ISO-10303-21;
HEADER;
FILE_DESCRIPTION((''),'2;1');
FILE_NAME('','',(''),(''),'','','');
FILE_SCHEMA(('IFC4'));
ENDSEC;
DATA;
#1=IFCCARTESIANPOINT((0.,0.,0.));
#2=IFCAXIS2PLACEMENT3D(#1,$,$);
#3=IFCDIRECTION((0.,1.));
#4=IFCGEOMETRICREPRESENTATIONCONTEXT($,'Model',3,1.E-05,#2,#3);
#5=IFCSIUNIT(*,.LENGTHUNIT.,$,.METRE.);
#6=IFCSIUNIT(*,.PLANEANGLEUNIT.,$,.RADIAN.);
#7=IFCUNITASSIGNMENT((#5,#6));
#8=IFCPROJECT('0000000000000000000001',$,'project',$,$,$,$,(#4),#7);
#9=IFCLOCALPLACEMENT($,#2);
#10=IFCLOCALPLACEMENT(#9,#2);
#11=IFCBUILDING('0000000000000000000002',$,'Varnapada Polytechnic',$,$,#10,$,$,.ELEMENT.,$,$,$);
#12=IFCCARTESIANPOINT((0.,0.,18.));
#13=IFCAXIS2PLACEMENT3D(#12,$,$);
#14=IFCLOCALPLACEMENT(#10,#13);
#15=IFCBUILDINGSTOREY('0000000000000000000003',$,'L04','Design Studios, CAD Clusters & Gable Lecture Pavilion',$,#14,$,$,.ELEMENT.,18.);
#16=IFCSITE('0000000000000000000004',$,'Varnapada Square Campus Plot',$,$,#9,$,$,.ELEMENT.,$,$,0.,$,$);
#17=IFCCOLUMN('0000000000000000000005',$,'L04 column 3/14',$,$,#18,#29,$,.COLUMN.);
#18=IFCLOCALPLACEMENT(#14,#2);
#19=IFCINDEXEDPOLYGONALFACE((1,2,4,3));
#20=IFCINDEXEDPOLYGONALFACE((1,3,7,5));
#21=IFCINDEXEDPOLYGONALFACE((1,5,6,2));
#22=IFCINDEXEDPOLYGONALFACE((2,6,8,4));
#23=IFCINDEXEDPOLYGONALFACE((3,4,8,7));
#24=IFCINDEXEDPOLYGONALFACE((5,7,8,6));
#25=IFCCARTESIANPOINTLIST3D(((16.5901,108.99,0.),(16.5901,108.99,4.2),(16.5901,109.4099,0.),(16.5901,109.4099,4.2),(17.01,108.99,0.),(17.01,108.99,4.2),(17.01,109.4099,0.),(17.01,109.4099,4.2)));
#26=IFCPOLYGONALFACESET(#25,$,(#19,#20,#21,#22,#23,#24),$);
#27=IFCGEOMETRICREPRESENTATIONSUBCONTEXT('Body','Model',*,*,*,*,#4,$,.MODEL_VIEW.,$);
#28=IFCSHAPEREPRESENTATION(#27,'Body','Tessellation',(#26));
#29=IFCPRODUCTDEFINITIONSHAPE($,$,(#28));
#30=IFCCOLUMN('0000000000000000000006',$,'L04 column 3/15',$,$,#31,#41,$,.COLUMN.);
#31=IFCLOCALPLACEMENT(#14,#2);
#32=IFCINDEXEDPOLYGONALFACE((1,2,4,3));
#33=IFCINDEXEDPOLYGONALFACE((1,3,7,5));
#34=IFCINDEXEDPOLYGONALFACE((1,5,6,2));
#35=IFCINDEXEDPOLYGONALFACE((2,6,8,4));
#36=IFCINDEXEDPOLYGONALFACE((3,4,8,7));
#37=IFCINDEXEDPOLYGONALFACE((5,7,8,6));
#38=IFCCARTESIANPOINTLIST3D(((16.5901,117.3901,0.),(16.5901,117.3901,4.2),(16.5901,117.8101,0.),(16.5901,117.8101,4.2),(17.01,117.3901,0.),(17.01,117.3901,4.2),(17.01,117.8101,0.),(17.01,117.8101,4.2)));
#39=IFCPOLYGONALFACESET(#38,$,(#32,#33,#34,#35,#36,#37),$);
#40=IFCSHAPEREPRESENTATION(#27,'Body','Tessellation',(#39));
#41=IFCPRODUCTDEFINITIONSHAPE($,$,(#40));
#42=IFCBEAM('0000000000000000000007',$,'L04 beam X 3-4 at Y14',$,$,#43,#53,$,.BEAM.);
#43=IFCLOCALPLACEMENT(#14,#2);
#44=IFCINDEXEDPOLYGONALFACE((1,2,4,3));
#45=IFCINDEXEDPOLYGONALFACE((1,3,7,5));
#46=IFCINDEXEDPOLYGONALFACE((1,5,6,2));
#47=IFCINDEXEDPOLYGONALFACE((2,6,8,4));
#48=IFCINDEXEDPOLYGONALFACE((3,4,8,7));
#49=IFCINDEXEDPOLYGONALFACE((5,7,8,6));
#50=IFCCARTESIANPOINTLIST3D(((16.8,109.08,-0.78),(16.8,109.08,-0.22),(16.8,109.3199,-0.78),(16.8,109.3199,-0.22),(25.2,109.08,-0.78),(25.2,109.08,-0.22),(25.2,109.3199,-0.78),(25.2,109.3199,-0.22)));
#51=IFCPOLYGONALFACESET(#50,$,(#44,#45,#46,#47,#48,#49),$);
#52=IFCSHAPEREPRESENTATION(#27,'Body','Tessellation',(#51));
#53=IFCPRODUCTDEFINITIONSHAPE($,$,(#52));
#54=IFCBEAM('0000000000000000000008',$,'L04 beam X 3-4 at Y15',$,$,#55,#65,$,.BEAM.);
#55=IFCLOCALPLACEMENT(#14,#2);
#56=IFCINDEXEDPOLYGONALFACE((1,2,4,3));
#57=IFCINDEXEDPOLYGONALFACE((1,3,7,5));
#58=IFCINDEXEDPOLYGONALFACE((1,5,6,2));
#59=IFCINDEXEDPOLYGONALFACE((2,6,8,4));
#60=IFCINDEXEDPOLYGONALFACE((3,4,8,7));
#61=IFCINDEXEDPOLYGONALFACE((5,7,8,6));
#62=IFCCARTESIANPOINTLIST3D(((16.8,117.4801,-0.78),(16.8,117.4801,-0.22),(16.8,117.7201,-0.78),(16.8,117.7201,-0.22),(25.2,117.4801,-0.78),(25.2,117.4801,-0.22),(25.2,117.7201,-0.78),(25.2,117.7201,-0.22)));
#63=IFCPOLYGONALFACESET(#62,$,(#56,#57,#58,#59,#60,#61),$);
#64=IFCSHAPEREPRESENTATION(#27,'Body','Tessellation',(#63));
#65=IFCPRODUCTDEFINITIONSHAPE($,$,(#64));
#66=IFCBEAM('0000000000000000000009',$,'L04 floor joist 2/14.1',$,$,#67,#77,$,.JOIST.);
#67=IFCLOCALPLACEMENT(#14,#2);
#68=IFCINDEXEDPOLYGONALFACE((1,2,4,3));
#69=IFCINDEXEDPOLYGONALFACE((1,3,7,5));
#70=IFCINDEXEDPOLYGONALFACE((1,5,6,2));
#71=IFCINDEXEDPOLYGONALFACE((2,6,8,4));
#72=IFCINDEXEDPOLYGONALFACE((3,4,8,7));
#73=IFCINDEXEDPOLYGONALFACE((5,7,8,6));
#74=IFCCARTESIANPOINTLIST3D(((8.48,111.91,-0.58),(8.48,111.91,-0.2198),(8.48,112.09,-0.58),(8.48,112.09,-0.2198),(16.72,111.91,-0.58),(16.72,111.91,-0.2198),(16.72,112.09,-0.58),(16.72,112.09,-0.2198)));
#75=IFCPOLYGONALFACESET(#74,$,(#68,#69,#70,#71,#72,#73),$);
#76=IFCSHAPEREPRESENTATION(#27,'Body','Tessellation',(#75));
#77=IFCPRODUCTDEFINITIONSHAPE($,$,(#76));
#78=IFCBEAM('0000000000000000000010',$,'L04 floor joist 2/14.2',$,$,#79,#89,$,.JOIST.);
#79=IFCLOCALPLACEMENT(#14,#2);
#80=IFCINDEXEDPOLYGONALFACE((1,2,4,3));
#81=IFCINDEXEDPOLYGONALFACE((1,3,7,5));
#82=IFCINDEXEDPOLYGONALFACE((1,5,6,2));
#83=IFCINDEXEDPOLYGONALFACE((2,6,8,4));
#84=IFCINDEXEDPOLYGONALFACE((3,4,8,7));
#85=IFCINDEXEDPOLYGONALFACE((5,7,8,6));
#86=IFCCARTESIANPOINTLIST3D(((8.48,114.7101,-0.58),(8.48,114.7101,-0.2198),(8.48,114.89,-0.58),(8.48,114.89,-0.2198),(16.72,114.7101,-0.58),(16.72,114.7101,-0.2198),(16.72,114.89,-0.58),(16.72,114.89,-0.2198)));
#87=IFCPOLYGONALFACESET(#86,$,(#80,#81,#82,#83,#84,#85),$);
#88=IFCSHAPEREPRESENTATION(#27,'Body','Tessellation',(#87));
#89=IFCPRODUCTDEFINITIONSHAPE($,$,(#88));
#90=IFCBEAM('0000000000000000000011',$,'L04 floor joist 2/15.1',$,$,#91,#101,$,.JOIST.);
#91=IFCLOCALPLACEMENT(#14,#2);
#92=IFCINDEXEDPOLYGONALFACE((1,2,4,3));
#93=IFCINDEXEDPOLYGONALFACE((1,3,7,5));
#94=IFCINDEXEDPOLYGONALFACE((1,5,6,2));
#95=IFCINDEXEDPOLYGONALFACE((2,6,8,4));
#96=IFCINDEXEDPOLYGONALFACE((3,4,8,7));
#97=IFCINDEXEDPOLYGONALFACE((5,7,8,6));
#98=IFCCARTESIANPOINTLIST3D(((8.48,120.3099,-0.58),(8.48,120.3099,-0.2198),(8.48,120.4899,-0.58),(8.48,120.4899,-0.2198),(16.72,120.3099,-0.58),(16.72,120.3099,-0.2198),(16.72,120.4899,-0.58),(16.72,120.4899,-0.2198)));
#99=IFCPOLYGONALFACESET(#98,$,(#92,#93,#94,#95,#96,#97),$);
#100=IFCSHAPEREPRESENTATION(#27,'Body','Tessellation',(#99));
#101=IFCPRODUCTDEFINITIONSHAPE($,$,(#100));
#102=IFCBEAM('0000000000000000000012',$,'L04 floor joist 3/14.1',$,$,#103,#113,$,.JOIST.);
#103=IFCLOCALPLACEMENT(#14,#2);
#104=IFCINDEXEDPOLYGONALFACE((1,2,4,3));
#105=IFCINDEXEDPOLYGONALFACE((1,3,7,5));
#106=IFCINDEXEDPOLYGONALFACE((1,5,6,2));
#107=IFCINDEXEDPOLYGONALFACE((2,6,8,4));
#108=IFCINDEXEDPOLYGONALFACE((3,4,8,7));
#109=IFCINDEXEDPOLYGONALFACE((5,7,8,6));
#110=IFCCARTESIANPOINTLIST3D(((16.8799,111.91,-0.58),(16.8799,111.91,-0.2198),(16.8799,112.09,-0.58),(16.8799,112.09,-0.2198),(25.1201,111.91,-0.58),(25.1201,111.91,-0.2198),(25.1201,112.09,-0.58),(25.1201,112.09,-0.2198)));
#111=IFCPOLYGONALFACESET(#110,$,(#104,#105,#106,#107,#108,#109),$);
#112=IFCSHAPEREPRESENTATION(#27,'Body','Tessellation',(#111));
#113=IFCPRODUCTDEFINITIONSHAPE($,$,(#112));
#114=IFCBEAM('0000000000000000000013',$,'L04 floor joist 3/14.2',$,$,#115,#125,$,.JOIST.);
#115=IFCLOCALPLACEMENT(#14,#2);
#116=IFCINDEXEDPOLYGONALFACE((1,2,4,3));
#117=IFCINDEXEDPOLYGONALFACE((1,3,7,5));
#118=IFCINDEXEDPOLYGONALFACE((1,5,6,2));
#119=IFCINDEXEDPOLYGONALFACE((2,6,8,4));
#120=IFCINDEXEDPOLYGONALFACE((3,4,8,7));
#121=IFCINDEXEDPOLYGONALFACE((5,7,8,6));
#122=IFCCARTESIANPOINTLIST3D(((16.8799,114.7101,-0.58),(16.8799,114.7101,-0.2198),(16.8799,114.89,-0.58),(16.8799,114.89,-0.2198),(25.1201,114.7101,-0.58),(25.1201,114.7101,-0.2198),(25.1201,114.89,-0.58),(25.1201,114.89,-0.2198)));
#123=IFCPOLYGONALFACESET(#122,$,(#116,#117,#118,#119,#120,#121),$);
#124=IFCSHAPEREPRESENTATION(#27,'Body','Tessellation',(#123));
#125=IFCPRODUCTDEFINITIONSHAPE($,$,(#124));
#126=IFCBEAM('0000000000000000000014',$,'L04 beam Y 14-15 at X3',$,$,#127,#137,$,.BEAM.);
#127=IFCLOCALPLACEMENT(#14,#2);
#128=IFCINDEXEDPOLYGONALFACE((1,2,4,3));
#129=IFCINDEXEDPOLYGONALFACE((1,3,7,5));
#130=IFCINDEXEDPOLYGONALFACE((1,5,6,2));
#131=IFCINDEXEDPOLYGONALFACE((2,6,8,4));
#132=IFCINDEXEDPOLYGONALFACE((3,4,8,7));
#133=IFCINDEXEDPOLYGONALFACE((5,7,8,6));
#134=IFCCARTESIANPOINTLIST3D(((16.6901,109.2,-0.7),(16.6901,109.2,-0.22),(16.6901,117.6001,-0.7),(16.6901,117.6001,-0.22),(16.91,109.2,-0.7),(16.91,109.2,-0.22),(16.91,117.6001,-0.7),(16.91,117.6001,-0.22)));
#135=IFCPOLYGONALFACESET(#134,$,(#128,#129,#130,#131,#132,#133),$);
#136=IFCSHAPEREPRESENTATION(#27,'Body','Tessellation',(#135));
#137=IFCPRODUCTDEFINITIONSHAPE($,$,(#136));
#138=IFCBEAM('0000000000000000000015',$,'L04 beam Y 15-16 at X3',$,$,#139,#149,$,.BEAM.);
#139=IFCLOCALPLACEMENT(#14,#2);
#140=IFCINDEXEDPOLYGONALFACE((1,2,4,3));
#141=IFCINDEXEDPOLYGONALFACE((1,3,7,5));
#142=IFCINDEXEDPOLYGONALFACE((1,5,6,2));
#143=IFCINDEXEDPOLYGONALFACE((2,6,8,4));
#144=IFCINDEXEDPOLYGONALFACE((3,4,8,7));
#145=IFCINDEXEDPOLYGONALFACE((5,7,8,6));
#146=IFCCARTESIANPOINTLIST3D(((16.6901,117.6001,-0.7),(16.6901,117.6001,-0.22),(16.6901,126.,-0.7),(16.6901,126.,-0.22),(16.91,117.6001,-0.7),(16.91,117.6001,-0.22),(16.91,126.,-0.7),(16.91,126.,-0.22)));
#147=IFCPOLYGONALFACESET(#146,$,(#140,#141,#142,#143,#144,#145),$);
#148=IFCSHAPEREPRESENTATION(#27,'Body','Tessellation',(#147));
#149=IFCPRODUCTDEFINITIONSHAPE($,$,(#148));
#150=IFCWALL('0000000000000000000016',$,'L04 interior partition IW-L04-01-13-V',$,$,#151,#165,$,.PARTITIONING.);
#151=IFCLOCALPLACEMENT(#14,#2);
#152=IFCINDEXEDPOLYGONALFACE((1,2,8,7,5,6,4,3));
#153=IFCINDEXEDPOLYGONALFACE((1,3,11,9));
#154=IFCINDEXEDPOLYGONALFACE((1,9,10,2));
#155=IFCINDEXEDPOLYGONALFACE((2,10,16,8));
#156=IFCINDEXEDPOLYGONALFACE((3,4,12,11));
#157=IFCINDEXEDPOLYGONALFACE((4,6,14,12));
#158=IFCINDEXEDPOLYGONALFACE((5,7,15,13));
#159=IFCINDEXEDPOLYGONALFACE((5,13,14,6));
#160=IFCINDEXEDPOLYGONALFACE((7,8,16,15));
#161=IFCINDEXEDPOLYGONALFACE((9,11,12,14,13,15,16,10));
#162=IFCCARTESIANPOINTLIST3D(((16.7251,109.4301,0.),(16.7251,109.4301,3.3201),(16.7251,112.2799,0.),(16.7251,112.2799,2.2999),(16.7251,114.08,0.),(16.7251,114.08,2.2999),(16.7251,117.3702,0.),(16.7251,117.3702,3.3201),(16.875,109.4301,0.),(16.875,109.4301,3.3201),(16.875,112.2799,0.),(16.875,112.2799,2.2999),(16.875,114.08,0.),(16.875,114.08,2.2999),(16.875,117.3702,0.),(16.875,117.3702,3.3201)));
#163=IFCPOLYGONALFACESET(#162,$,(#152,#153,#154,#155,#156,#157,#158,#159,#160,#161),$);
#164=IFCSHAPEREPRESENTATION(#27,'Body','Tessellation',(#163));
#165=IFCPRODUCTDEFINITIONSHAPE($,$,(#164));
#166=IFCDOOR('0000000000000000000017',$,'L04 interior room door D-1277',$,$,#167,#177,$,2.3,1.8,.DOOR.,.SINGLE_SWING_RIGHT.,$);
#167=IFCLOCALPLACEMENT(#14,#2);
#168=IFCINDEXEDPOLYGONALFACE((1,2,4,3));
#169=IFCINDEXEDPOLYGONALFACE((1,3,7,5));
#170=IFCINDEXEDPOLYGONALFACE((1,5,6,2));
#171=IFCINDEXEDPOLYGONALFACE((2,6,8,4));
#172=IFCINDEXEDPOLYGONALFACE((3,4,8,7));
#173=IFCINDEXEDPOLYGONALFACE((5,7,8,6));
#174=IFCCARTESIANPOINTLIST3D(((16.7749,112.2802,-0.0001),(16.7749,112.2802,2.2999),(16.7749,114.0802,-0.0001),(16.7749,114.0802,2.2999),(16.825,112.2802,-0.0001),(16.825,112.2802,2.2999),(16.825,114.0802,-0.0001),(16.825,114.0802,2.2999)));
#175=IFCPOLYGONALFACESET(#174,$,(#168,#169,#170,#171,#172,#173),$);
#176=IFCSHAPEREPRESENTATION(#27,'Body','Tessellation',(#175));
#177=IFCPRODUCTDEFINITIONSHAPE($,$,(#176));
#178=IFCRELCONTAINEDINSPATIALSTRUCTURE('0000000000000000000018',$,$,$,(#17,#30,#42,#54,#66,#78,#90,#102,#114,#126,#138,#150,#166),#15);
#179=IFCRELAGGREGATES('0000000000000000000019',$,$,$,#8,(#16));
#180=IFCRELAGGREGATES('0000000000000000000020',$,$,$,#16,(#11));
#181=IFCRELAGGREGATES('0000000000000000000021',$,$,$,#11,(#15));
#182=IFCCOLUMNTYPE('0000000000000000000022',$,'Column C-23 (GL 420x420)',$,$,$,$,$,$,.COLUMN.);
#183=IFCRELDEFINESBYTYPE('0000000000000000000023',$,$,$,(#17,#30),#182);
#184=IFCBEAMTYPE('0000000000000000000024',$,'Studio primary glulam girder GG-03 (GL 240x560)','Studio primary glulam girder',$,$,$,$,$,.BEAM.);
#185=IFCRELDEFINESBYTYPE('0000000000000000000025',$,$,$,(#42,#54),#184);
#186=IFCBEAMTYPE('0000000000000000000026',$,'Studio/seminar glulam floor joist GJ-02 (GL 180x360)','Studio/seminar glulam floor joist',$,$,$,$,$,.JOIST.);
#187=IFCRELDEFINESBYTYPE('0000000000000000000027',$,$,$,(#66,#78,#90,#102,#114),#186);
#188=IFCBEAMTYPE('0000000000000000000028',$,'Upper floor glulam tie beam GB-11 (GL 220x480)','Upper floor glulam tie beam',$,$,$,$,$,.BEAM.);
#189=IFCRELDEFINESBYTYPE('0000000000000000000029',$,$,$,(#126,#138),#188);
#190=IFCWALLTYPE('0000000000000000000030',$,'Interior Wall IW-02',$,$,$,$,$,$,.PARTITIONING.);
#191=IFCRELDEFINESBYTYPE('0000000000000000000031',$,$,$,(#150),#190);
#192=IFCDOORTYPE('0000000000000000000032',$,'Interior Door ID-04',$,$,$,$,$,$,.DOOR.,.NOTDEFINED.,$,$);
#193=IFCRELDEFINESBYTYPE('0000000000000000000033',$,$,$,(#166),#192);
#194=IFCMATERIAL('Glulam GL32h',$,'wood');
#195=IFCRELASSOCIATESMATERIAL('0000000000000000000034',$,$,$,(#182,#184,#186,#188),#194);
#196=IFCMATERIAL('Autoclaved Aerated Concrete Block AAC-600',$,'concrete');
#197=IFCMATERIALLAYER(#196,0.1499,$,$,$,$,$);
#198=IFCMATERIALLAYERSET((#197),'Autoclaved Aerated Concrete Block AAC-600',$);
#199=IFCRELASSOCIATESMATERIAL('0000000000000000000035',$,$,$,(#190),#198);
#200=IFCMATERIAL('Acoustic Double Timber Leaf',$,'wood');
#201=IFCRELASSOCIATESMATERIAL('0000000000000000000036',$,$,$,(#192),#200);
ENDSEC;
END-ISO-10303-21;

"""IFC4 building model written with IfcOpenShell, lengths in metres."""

from ifc_helpers import new_model, si_unit, direction, frame, frame_2d, origin, origin_2d, place, context, subcontext, project, spatial, rectangle, extrude, material, layer, layer_set, material_profile, profile_set, type_object, element, fill, save


model = new_model("IFC4")

# Units and contexts
model_context = context("Model", 3, precision=1e-05, world=origin(), true_north=direction((0.0, 1.0)))
body_context = subcontext(model_context, "Body", "Model", "MODEL_VIEW")
ifc_project = project(units=[si_unit("LENGTHUNIT", "METRE"), si_unit("PLANEANGLEUNIT", "RADIAN")], contexts=[model_context])

# Site, building, storey
site_placement = place(None, origin())
site = spatial("IfcSite", under=ifc_project, at=site_placement, Name="Varnapada Square Campus Plot", CompositionType="ELEMENT", RefElevation=0.0)
building_placement = place(site_placement, origin())
building = spatial("IfcBuilding", under=site, at=building_placement, Name="Varnapada Polytechnic", CompositionType="ELEMENT")
storey_placement = place(building_placement, frame((0.0, 0.0, 18.0)))
storey = spatial("IfcBuildingStorey", under=building, at=storey_placement, Name="L04", Description="Design Studios, CAD Clusters & Gable Lecture Pavilion", CompositionType="ELEMENT", Elevation=18.0)

# Columns
ifc_material_1 = material(Name="Glulam GL32h", Category="wood")
ifc_material_profile_1 = material_profile(ifc_material_1, rectangle(XDim=0.4199, YDim=0.4199, at=origin_2d()), Name="GL 420x420")
ifc_profile_set_1 = profile_set([ifc_material_profile_1], Name="Glulam GL32h")
column_type = type_object("IfcColumnType", Name="Column C-23 (GL 420x420)", PredefinedType="COLUMN", material=ifc_profile_set_1)
for number, where, z_axis, x_axis, name in (
    (1, (16.8, 109.2, 0.0), (0.0, 0.0, 1.0), (1.0, 0.0, 0.0), "L04 column 3/14"),
    (2, (16.8, 117.6001, 0.0), (0.0, 0.0, 1.0), (1.0, 0.0, 0.0), "L04 column 3/15"),
):
    element("IfcColumn", number, at=place(storey_placement, frame(where, z_axis=z_axis, x_axis=x_axis)), inside=storey, type_object=column_type, Name=name, PredefinedType="COLUMN", context=body_context, shape_type="SweptSolid", body=[
        extrude(rectangle(XDim=0.4199, YDim=0.4199, at=origin_2d()), origin(), (0.0, 0.0, 1.0), 4.2),
    ])

# Beams
ifc_material_profile_2 = material_profile(ifc_material_1, rectangle(XDim=0.24, YDim=0.5601, at=origin_2d()), Name="GL 240x560")
ifc_profile_set_2 = profile_set([ifc_material_profile_2], Name="Glulam GL32h")
beam_type_1 = type_object("IfcBeamType", Name="Studio primary glulam girder GG-03 (GL 240x560)", Description="Studio primary glulam girder", PredefinedType="BEAM", material=ifc_profile_set_2)
for number, where, z_axis, x_axis, name in (
    (3, (16.8, 109.2, -0.5), (1.0, 0.0, 0.0), (0.0, 1.0, 0.0), "L04 beam X 3-4 at Y14"),
    (4, (16.8, 117.6001, -0.5), (1.0, 0.0, 0.0), (0.0, 1.0, 0.0), "L04 beam X 3-4 at Y15"),
):
    element("IfcBeam", number, at=place(storey_placement, frame(where, z_axis=z_axis, x_axis=x_axis)), inside=storey, type_object=beam_type_1, Name=name, PredefinedType="BEAM", context=body_context, shape_type="SweptSolid", body=[
        extrude(rectangle(XDim=0.24, YDim=0.5601, at=origin_2d()), origin(), (0.0, 0.0, 1.0), 8.3999),
    ])
ifc_material_profile_3 = material_profile(ifc_material_1, rectangle(XDim=0.1799, YDim=0.3601, at=origin_2d()), Name="GL 180x360")
ifc_profile_set_3 = profile_set([ifc_material_profile_3], Name="Glulam GL32h")
beam_type_2 = type_object("IfcBeamType", Name="Studio/seminar glulam floor joist GJ-02 (GL 180x360)", Description="Studio/seminar glulam floor joist", PredefinedType="JOIST", material=ifc_profile_set_3)
for number, where, z_axis, x_axis, name in (
    (5, (8.48, 112.0, -0.3999), (1.0, 0.0, 0.0), (0.0, 1.0, 0.0), "L04 floor joist 2/14.1"),
    (6, (8.48, 114.8, -0.3999), (1.0, 0.0, 0.0), (0.0, 1.0, 0.0), "L04 floor joist 2/14.2"),
    (7, (8.48, 120.3999, -0.3999), (1.0, 0.0, 0.0), (0.0, 1.0, 0.0), "L04 floor joist 2/15.1"),
):
    element("IfcBeam", number, at=place(storey_placement, frame(where, z_axis=z_axis, x_axis=x_axis)), inside=storey, type_object=beam_type_2, Name=name, PredefinedType="JOIST", context=body_context, shape_type="SweptSolid", body=[
        extrude(rectangle(XDim=0.1799, YDim=0.3601, at=origin_2d()), origin(), (0.0, 0.0, 1.0), 8.24),
    ])
for number, where, z_axis, x_axis, name in (
    (8, (16.8799, 112.0, -0.3999), (1.0, 0.0, 0.0), (0.0, 1.0, 0.0), "L04 floor joist 3/14.1"),
    (9, (16.8799, 114.8, -0.3999), (1.0, 0.0, 0.0), (0.0, 1.0, 0.0), "L04 floor joist 3/14.2"),
):
    element("IfcBeam", number, at=place(storey_placement, frame(where, z_axis=z_axis, x_axis=x_axis)), inside=storey, type_object=beam_type_2, Name=name, PredefinedType="JOIST", context=body_context, shape_type="SweptSolid", body=[
        extrude(rectangle(XDim=0.1799, YDim=0.3601, at=origin_2d()), origin(), (0.0, 0.0, 1.0), 8.2402),
    ])
ifc_material_profile_4 = material_profile(ifc_material_1, rectangle(XDim=0.22, YDim=0.48, at=origin_2d()), Name="GL 220x480")
ifc_profile_set_4 = profile_set([ifc_material_profile_4], Name="Glulam GL32h")
beam_type_3 = type_object("IfcBeamType", Name="Upper floor glulam tie beam GB-11 (GL 220x480)", Description="Upper floor glulam tie beam", PredefinedType="BEAM", material=ifc_profile_set_4)
beam_1_placement = place(storey_placement, frame((16.8, 109.2, -0.46), z_axis=(0.0, 1.0, 0.0), x_axis=(-1.0, 0.0, 0.0)))
element("IfcBeam", 10, at=beam_1_placement, inside=storey, type_object=beam_type_3, Name="L04 beam Y 14-15 at X3", PredefinedType="BEAM", context=body_context, shape_type="SweptSolid", body=[
    extrude(rectangle(XDim=0.22, YDim=0.48, at=origin_2d()), origin(), (0.0, 0.0, 1.0), 8.4001),
])
beam_2_placement = place(storey_placement, frame((16.8, 117.6001, -0.46), z_axis=(0.0, 1.0, 0.0), x_axis=(-1.0, 0.0, 0.0)))
element("IfcBeam", 11, at=beam_2_placement, inside=storey, type_object=beam_type_3, Name="L04 beam Y 15-16 at X3", PredefinedType="BEAM", context=body_context, shape_type="SweptSolid", body=[
    extrude(rectangle(XDim=0.22, YDim=0.48, at=origin_2d()), origin(), (0.0, 0.0, 1.0), 8.3999),
])

# Wall, opening, door
ifc_material_2 = material(Name="Autoclaved Aerated Concrete Block AAC-600", Category="concrete")
ifc_layer_1 = layer(ifc_material_2, 0.1499)
ifc_layer_set_1 = layer_set([ifc_layer_1], Name="Autoclaved Aerated Concrete Block AAC-600")
wall_type_1 = type_object("IfcWallType", Name="Interior Wall IW-02", PredefinedType="PARTITIONING", material=ifc_layer_set_1)
wall_1_placement = place(storey_placement, frame((16.8, 109.4299, 0.0), z_axis=(0.0, 0.0, 1.0), x_axis=(0.0, 1.0, 0.0)))
wall_1 = element("IfcWall", 12, at=wall_1_placement, inside=storey, type_object=wall_type_1, Name="L04 interior partition IW-L04-01-13-V", PredefinedType="PARTITIONING", context=body_context, shape_type="SweptSolid", body=[
    extrude(rectangle(XDim=7.9402, YDim=0.1499, at=frame_2d((3.9702, 0.0))), origin(), (0.0, 0.0, 1.0), 3.3201),
])
opening_1_placement = place(wall_1_placement, frame((2.8501, 0.0, 0.0)))
opening_1 = element("IfcOpeningElement", 13, at=opening_1_placement, cuts=wall_1, PredefinedType="OPENING", context=body_context, shape_type="SweptSolid", body=[
    extrude(rectangle(XDim=1.8, YDim=2.3, at=frame_2d((0.8999, 1.1499))), frame((0.0, 0.085, 0.0), z_axis=(0.0, -1.0, 0.0), x_axis=(1.0, 0.0, 0.0)), (0.0, 0.0, 1.0), 0.1699),
])
ifc_material_3 = material(Name="Acoustic Double Timber Leaf", Category="wood")
door_type_1 = type_object("IfcDoorType", Name="Interior Door ID-04", OperationType="NOTDEFINED", PredefinedType="DOOR", material=ifc_material_3)
door_1_placement = place(opening_1_placement, frame((1.8, 0.0, 0.0), z_axis=(0.0, 0.0, 1.0), x_axis=(-1.0, 0.0, 0.0)))
door_1 = element("IfcDoor", 14, at=door_1_placement, inside=storey, type_object=door_type_1, Name="L04 interior room door D-1277", OperationType="SINGLE_SWING_RIGHT", OverallHeight=2.3, OverallWidth=1.8, PredefinedType="DOOR", context=body_context, shape_type="SweptSolid", body=[
    extrude(rectangle(XDim=1.8, YDim=2.3, at=frame_2d((0.8999, 1.1499))), frame((0.0, 0.0249, 0.0), z_axis=(0.0, -1.0, 0.0), x_axis=(1.0, 0.0, 0.0)), (0.0, 0.0, 1.0), 0.05),
])
fill(opening_1, door_1)

save(model, "model.ifc")
